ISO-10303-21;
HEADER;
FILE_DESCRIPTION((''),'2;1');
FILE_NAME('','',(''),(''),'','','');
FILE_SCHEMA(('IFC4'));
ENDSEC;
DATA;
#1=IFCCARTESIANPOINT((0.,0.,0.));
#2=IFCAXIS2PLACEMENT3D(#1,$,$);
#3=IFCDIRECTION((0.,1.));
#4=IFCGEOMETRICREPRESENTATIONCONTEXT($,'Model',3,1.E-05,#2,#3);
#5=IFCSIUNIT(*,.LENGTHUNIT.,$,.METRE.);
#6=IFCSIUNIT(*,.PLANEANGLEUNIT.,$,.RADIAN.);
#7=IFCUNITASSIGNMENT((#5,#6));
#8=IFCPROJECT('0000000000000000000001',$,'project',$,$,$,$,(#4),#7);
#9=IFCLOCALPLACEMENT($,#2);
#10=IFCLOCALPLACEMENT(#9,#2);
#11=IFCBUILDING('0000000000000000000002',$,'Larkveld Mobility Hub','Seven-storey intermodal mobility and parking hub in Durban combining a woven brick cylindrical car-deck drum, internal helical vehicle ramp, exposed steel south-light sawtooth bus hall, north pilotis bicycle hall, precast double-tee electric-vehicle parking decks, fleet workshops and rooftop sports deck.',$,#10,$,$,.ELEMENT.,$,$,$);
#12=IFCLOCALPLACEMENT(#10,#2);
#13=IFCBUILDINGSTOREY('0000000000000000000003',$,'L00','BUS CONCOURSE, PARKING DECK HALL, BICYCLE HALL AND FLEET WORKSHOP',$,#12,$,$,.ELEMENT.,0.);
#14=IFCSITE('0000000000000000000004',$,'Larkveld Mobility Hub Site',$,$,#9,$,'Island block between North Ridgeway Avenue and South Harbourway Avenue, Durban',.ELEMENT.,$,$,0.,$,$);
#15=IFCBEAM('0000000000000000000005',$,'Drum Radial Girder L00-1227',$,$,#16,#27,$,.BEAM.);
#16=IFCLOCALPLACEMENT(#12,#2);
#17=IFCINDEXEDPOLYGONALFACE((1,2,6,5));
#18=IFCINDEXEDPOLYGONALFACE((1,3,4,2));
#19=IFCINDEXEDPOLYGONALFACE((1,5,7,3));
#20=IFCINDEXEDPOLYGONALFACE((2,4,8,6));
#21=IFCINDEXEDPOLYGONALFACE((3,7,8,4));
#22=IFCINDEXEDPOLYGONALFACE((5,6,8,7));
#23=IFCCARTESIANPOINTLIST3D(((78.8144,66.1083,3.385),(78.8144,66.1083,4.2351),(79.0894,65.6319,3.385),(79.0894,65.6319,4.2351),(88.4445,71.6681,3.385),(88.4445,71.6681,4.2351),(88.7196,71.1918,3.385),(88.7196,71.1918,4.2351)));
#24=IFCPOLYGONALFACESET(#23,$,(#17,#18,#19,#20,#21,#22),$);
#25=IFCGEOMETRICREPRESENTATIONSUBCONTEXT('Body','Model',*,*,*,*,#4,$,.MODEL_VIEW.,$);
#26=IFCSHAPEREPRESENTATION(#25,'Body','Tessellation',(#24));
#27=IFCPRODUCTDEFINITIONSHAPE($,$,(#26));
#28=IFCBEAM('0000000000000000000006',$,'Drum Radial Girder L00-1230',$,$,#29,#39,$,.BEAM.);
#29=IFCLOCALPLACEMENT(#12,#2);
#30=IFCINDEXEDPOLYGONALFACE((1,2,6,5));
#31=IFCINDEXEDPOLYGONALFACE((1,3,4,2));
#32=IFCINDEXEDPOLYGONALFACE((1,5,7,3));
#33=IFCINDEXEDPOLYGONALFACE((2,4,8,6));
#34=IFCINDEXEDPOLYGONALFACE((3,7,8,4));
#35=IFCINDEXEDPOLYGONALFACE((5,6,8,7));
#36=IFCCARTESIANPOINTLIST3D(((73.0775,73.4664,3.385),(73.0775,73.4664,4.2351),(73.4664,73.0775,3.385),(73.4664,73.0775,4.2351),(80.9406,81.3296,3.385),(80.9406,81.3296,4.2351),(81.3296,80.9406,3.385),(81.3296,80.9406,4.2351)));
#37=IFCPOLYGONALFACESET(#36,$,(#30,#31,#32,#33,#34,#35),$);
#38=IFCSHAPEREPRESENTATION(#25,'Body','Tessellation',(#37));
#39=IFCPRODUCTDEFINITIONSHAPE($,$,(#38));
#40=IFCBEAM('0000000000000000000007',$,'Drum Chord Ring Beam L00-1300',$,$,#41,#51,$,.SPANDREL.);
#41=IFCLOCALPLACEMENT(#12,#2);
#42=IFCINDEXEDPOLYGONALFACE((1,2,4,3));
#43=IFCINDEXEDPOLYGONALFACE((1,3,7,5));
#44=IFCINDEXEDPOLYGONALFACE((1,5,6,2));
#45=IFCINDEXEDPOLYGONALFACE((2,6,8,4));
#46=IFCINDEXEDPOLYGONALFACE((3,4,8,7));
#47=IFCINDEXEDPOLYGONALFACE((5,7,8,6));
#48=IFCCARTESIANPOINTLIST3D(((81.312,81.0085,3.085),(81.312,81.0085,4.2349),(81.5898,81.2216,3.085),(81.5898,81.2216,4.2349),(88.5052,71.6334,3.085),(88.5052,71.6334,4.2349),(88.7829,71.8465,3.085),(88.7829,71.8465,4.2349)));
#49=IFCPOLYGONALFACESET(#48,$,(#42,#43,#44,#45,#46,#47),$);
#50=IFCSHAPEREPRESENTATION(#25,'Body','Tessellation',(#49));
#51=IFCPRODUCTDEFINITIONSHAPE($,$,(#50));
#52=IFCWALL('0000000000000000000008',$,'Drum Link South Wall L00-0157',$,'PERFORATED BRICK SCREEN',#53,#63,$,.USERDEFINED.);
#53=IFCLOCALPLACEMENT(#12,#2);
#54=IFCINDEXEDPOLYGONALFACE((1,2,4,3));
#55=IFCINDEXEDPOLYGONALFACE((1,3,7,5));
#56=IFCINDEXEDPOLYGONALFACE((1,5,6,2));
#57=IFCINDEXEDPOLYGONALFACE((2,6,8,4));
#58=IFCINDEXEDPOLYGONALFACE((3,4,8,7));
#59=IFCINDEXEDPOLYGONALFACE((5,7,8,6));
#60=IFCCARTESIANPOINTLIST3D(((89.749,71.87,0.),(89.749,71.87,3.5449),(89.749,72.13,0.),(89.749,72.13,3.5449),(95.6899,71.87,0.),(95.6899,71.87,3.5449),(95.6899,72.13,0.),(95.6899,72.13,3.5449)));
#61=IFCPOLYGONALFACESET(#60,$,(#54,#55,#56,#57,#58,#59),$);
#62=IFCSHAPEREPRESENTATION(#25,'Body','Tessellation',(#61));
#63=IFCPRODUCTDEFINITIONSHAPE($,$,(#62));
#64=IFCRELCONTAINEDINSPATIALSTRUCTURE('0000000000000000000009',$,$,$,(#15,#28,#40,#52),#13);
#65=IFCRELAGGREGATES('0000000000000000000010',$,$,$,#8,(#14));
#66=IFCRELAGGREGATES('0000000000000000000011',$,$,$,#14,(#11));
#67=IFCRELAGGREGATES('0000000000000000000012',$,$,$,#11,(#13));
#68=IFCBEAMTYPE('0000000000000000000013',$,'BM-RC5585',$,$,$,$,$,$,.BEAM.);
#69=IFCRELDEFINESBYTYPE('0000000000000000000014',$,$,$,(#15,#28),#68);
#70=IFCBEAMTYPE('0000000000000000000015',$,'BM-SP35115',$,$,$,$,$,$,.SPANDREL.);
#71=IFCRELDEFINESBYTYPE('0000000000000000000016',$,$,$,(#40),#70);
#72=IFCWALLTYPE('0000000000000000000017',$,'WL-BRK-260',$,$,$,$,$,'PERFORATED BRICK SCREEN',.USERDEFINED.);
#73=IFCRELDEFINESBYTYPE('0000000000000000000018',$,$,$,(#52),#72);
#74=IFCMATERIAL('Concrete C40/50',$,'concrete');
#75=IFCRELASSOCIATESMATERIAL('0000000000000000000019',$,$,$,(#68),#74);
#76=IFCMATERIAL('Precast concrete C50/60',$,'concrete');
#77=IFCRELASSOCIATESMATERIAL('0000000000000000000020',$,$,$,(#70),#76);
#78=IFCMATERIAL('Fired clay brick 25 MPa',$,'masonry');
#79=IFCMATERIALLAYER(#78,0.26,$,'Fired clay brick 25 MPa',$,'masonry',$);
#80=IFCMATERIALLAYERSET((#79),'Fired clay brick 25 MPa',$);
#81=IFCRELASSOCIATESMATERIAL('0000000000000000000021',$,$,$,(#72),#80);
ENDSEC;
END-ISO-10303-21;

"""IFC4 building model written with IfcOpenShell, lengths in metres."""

from ifc_helpers import new_model, si_unit, direction, frame, frame_2d, origin, origin_2d, place, context, subcontext, project, spatial, rectangle, extrude, material, layer, layer_set, material_profile, profile_set, type_object, element, save


model = new_model("IFC4")

# Units and contexts
model_context = context("Model", 3, precision=1e-05, world=origin(), true_north=direction((0.0, 1.0)))
body_context = subcontext(model_context, "Body", "Model", "MODEL_VIEW")
ifc_project = project(units=[si_unit("LENGTHUNIT", "METRE"), si_unit("PLANEANGLEUNIT", "RADIAN")], contexts=[model_context])

# Site, building, storey
site_placement = place(None, origin())
site = spatial("IfcSite", under=ifc_project, at=site_placement, Name="Larkveld Mobility Hub Site", LongName="Island block between North Ridgeway Avenue and South Harbourway Avenue, Durban", CompositionType="ELEMENT", RefElevation=0.0)
building_placement = place(site_placement, origin())
building = spatial("IfcBuilding", under=site, at=building_placement, Name="Larkveld Mobility Hub", Description="Seven-storey intermodal mobility and parking hub in Durban combining a woven brick cylindrical car-deck drum, internal helical vehicle ramp, exposed steel south-light sawtooth bus hall, north pilotis bicycle hall, precast double-tee electric-vehicle parking decks, fleet workshops and rooftop sports deck.", CompositionType="ELEMENT")
storey_placement = place(building_placement, origin())
storey = spatial("IfcBuildingStorey", under=building, at=storey_placement, Name="L00", Description="BUS CONCOURSE, PARKING DECK HALL, BICYCLE HALL AND FLEET WORKSHOP", CompositionType="ELEMENT", Elevation=0.0)

# Shared definitions
ifc_material_1 = material(Name="Concrete C40/50", Category="concrete")

# Beams
ifc_material_profile_1 = material_profile(ifc_material_1, rectangle(XDim=0.55, YDim=0.8501, at=origin_2d()), Name="RC BM 550x850")
ifc_profile_set_1 = profile_set([ifc_material_profile_1], Name="Concrete C40/50")
beam_type_1 = type_object("IfcBeamType", Name="BM-RC5585", PredefinedType="BEAM", material=ifc_profile_set_1)
for number, where, z_axis, x_axis, name in (
    (1, (78.9519, 65.8701, 3.8101), (0.866031, 0.49999, 0.0), (-0.49999, 0.866031, 0.0), "Drum Radial Girder L00-1227"),
):
    element("IfcBeam", number, at=place(storey_placement, frame(where, z_axis=z_axis, x_axis=x_axis)), inside=storey, type_object=beam_type_1, Name=name, PredefinedType="BEAM", context=body_context, shape_type="SweptSolid", body=[
        extrude(rectangle(XDim=0.55, YDim=0.8501, at=origin_2d()), origin(), (0.0, 0.0, 1.0), 11.1199),
    ])
beam_1_placement = place(storey_placement, frame((73.272, 73.272, 3.8101), z_axis=(0.707107, 0.707107, 0.0), x_axis=(-0.707107, 0.707107, 0.0)))
element("IfcBeam", 2, at=beam_1_placement, inside=storey, type_object=beam_type_1, Name="Drum Radial Girder L00-1230", PredefinedType="BEAM", context=body_context, shape_type="SweptSolid", body=[
    extrude(rectangle(XDim=0.55, YDim=0.8501, at=origin_2d()), origin(), (0.0, 0.0, 1.0), 11.1201),
])
ifc_material_2 = material(Name="Precast concrete C50/60", Category="concrete")
ifc_material_profile_2 = material_profile(ifc_material_2, rectangle(XDim=0.3501, YDim=1.1499, at=origin_2d()), Name="PC SP 350x1150")
ifc_profile_set_2 = profile_set([ifc_material_profile_2], Name="Precast concrete C50/60")
beam_type_2 = type_object("IfcBeamType", Name="BM-SP35115", PredefinedType="SPANDREL", material=ifc_profile_set_2)
beam_2_placement = place(storey_placement, frame((88.644, 71.74, 3.6599), z_axis=(-0.608731, 0.793377, 0.0), x_axis=(-0.793377, -0.608731, 0.0)))
element("IfcBeam", 3, at=beam_2_placement, inside=storey, type_object=beam_type_2, Name="Drum Chord Ring Beam L00-1300", PredefinedType="SPANDREL", context=body_context, shape_type="SweptSolid", body=[
    extrude(rectangle(XDim=0.3501, YDim=1.1499, at=origin_2d()), origin(), (0.0, 0.0, 1.0), 11.8167),
])

# Wall
ifc_material_3 = material(Name="Fired clay brick 25 MPa", Category="masonry")
ifc_layer = layer(ifc_material_3, 0.26, Name="Fired clay brick 25 MPa", Category="masonry")
ifc_layer_set = layer_set([ifc_layer], Name="Fired clay brick 25 MPa")
wall_type = type_object("IfcWallType", Name="WL-BRK-260", ElementType="PERFORATED BRICK SCREEN", PredefinedType="USERDEFINED", material=ifc_layer_set)
wall_placement = place(storey_placement, frame((89.749, 72.0, 0.0), z_axis=(0.0, 0.0, 1.0), x_axis=(1.0, 0.0, 0.0)))
element("IfcWall", 4, at=wall_placement, inside=storey, type_object=wall_type, Name="Drum Link South Wall L00-0157", ObjectType="PERFORATED BRICK SCREEN", PredefinedType="USERDEFINED", context=body_context, shape_type="SweptSolid", body=[
    extrude(rectangle(XDim=5.9409, YDim=0.26, at=frame_2d((2.9705, 0.0))), origin(), (0.0, 0.0, 1.0), 3.5449),
])

save(model, "model.ifc")
